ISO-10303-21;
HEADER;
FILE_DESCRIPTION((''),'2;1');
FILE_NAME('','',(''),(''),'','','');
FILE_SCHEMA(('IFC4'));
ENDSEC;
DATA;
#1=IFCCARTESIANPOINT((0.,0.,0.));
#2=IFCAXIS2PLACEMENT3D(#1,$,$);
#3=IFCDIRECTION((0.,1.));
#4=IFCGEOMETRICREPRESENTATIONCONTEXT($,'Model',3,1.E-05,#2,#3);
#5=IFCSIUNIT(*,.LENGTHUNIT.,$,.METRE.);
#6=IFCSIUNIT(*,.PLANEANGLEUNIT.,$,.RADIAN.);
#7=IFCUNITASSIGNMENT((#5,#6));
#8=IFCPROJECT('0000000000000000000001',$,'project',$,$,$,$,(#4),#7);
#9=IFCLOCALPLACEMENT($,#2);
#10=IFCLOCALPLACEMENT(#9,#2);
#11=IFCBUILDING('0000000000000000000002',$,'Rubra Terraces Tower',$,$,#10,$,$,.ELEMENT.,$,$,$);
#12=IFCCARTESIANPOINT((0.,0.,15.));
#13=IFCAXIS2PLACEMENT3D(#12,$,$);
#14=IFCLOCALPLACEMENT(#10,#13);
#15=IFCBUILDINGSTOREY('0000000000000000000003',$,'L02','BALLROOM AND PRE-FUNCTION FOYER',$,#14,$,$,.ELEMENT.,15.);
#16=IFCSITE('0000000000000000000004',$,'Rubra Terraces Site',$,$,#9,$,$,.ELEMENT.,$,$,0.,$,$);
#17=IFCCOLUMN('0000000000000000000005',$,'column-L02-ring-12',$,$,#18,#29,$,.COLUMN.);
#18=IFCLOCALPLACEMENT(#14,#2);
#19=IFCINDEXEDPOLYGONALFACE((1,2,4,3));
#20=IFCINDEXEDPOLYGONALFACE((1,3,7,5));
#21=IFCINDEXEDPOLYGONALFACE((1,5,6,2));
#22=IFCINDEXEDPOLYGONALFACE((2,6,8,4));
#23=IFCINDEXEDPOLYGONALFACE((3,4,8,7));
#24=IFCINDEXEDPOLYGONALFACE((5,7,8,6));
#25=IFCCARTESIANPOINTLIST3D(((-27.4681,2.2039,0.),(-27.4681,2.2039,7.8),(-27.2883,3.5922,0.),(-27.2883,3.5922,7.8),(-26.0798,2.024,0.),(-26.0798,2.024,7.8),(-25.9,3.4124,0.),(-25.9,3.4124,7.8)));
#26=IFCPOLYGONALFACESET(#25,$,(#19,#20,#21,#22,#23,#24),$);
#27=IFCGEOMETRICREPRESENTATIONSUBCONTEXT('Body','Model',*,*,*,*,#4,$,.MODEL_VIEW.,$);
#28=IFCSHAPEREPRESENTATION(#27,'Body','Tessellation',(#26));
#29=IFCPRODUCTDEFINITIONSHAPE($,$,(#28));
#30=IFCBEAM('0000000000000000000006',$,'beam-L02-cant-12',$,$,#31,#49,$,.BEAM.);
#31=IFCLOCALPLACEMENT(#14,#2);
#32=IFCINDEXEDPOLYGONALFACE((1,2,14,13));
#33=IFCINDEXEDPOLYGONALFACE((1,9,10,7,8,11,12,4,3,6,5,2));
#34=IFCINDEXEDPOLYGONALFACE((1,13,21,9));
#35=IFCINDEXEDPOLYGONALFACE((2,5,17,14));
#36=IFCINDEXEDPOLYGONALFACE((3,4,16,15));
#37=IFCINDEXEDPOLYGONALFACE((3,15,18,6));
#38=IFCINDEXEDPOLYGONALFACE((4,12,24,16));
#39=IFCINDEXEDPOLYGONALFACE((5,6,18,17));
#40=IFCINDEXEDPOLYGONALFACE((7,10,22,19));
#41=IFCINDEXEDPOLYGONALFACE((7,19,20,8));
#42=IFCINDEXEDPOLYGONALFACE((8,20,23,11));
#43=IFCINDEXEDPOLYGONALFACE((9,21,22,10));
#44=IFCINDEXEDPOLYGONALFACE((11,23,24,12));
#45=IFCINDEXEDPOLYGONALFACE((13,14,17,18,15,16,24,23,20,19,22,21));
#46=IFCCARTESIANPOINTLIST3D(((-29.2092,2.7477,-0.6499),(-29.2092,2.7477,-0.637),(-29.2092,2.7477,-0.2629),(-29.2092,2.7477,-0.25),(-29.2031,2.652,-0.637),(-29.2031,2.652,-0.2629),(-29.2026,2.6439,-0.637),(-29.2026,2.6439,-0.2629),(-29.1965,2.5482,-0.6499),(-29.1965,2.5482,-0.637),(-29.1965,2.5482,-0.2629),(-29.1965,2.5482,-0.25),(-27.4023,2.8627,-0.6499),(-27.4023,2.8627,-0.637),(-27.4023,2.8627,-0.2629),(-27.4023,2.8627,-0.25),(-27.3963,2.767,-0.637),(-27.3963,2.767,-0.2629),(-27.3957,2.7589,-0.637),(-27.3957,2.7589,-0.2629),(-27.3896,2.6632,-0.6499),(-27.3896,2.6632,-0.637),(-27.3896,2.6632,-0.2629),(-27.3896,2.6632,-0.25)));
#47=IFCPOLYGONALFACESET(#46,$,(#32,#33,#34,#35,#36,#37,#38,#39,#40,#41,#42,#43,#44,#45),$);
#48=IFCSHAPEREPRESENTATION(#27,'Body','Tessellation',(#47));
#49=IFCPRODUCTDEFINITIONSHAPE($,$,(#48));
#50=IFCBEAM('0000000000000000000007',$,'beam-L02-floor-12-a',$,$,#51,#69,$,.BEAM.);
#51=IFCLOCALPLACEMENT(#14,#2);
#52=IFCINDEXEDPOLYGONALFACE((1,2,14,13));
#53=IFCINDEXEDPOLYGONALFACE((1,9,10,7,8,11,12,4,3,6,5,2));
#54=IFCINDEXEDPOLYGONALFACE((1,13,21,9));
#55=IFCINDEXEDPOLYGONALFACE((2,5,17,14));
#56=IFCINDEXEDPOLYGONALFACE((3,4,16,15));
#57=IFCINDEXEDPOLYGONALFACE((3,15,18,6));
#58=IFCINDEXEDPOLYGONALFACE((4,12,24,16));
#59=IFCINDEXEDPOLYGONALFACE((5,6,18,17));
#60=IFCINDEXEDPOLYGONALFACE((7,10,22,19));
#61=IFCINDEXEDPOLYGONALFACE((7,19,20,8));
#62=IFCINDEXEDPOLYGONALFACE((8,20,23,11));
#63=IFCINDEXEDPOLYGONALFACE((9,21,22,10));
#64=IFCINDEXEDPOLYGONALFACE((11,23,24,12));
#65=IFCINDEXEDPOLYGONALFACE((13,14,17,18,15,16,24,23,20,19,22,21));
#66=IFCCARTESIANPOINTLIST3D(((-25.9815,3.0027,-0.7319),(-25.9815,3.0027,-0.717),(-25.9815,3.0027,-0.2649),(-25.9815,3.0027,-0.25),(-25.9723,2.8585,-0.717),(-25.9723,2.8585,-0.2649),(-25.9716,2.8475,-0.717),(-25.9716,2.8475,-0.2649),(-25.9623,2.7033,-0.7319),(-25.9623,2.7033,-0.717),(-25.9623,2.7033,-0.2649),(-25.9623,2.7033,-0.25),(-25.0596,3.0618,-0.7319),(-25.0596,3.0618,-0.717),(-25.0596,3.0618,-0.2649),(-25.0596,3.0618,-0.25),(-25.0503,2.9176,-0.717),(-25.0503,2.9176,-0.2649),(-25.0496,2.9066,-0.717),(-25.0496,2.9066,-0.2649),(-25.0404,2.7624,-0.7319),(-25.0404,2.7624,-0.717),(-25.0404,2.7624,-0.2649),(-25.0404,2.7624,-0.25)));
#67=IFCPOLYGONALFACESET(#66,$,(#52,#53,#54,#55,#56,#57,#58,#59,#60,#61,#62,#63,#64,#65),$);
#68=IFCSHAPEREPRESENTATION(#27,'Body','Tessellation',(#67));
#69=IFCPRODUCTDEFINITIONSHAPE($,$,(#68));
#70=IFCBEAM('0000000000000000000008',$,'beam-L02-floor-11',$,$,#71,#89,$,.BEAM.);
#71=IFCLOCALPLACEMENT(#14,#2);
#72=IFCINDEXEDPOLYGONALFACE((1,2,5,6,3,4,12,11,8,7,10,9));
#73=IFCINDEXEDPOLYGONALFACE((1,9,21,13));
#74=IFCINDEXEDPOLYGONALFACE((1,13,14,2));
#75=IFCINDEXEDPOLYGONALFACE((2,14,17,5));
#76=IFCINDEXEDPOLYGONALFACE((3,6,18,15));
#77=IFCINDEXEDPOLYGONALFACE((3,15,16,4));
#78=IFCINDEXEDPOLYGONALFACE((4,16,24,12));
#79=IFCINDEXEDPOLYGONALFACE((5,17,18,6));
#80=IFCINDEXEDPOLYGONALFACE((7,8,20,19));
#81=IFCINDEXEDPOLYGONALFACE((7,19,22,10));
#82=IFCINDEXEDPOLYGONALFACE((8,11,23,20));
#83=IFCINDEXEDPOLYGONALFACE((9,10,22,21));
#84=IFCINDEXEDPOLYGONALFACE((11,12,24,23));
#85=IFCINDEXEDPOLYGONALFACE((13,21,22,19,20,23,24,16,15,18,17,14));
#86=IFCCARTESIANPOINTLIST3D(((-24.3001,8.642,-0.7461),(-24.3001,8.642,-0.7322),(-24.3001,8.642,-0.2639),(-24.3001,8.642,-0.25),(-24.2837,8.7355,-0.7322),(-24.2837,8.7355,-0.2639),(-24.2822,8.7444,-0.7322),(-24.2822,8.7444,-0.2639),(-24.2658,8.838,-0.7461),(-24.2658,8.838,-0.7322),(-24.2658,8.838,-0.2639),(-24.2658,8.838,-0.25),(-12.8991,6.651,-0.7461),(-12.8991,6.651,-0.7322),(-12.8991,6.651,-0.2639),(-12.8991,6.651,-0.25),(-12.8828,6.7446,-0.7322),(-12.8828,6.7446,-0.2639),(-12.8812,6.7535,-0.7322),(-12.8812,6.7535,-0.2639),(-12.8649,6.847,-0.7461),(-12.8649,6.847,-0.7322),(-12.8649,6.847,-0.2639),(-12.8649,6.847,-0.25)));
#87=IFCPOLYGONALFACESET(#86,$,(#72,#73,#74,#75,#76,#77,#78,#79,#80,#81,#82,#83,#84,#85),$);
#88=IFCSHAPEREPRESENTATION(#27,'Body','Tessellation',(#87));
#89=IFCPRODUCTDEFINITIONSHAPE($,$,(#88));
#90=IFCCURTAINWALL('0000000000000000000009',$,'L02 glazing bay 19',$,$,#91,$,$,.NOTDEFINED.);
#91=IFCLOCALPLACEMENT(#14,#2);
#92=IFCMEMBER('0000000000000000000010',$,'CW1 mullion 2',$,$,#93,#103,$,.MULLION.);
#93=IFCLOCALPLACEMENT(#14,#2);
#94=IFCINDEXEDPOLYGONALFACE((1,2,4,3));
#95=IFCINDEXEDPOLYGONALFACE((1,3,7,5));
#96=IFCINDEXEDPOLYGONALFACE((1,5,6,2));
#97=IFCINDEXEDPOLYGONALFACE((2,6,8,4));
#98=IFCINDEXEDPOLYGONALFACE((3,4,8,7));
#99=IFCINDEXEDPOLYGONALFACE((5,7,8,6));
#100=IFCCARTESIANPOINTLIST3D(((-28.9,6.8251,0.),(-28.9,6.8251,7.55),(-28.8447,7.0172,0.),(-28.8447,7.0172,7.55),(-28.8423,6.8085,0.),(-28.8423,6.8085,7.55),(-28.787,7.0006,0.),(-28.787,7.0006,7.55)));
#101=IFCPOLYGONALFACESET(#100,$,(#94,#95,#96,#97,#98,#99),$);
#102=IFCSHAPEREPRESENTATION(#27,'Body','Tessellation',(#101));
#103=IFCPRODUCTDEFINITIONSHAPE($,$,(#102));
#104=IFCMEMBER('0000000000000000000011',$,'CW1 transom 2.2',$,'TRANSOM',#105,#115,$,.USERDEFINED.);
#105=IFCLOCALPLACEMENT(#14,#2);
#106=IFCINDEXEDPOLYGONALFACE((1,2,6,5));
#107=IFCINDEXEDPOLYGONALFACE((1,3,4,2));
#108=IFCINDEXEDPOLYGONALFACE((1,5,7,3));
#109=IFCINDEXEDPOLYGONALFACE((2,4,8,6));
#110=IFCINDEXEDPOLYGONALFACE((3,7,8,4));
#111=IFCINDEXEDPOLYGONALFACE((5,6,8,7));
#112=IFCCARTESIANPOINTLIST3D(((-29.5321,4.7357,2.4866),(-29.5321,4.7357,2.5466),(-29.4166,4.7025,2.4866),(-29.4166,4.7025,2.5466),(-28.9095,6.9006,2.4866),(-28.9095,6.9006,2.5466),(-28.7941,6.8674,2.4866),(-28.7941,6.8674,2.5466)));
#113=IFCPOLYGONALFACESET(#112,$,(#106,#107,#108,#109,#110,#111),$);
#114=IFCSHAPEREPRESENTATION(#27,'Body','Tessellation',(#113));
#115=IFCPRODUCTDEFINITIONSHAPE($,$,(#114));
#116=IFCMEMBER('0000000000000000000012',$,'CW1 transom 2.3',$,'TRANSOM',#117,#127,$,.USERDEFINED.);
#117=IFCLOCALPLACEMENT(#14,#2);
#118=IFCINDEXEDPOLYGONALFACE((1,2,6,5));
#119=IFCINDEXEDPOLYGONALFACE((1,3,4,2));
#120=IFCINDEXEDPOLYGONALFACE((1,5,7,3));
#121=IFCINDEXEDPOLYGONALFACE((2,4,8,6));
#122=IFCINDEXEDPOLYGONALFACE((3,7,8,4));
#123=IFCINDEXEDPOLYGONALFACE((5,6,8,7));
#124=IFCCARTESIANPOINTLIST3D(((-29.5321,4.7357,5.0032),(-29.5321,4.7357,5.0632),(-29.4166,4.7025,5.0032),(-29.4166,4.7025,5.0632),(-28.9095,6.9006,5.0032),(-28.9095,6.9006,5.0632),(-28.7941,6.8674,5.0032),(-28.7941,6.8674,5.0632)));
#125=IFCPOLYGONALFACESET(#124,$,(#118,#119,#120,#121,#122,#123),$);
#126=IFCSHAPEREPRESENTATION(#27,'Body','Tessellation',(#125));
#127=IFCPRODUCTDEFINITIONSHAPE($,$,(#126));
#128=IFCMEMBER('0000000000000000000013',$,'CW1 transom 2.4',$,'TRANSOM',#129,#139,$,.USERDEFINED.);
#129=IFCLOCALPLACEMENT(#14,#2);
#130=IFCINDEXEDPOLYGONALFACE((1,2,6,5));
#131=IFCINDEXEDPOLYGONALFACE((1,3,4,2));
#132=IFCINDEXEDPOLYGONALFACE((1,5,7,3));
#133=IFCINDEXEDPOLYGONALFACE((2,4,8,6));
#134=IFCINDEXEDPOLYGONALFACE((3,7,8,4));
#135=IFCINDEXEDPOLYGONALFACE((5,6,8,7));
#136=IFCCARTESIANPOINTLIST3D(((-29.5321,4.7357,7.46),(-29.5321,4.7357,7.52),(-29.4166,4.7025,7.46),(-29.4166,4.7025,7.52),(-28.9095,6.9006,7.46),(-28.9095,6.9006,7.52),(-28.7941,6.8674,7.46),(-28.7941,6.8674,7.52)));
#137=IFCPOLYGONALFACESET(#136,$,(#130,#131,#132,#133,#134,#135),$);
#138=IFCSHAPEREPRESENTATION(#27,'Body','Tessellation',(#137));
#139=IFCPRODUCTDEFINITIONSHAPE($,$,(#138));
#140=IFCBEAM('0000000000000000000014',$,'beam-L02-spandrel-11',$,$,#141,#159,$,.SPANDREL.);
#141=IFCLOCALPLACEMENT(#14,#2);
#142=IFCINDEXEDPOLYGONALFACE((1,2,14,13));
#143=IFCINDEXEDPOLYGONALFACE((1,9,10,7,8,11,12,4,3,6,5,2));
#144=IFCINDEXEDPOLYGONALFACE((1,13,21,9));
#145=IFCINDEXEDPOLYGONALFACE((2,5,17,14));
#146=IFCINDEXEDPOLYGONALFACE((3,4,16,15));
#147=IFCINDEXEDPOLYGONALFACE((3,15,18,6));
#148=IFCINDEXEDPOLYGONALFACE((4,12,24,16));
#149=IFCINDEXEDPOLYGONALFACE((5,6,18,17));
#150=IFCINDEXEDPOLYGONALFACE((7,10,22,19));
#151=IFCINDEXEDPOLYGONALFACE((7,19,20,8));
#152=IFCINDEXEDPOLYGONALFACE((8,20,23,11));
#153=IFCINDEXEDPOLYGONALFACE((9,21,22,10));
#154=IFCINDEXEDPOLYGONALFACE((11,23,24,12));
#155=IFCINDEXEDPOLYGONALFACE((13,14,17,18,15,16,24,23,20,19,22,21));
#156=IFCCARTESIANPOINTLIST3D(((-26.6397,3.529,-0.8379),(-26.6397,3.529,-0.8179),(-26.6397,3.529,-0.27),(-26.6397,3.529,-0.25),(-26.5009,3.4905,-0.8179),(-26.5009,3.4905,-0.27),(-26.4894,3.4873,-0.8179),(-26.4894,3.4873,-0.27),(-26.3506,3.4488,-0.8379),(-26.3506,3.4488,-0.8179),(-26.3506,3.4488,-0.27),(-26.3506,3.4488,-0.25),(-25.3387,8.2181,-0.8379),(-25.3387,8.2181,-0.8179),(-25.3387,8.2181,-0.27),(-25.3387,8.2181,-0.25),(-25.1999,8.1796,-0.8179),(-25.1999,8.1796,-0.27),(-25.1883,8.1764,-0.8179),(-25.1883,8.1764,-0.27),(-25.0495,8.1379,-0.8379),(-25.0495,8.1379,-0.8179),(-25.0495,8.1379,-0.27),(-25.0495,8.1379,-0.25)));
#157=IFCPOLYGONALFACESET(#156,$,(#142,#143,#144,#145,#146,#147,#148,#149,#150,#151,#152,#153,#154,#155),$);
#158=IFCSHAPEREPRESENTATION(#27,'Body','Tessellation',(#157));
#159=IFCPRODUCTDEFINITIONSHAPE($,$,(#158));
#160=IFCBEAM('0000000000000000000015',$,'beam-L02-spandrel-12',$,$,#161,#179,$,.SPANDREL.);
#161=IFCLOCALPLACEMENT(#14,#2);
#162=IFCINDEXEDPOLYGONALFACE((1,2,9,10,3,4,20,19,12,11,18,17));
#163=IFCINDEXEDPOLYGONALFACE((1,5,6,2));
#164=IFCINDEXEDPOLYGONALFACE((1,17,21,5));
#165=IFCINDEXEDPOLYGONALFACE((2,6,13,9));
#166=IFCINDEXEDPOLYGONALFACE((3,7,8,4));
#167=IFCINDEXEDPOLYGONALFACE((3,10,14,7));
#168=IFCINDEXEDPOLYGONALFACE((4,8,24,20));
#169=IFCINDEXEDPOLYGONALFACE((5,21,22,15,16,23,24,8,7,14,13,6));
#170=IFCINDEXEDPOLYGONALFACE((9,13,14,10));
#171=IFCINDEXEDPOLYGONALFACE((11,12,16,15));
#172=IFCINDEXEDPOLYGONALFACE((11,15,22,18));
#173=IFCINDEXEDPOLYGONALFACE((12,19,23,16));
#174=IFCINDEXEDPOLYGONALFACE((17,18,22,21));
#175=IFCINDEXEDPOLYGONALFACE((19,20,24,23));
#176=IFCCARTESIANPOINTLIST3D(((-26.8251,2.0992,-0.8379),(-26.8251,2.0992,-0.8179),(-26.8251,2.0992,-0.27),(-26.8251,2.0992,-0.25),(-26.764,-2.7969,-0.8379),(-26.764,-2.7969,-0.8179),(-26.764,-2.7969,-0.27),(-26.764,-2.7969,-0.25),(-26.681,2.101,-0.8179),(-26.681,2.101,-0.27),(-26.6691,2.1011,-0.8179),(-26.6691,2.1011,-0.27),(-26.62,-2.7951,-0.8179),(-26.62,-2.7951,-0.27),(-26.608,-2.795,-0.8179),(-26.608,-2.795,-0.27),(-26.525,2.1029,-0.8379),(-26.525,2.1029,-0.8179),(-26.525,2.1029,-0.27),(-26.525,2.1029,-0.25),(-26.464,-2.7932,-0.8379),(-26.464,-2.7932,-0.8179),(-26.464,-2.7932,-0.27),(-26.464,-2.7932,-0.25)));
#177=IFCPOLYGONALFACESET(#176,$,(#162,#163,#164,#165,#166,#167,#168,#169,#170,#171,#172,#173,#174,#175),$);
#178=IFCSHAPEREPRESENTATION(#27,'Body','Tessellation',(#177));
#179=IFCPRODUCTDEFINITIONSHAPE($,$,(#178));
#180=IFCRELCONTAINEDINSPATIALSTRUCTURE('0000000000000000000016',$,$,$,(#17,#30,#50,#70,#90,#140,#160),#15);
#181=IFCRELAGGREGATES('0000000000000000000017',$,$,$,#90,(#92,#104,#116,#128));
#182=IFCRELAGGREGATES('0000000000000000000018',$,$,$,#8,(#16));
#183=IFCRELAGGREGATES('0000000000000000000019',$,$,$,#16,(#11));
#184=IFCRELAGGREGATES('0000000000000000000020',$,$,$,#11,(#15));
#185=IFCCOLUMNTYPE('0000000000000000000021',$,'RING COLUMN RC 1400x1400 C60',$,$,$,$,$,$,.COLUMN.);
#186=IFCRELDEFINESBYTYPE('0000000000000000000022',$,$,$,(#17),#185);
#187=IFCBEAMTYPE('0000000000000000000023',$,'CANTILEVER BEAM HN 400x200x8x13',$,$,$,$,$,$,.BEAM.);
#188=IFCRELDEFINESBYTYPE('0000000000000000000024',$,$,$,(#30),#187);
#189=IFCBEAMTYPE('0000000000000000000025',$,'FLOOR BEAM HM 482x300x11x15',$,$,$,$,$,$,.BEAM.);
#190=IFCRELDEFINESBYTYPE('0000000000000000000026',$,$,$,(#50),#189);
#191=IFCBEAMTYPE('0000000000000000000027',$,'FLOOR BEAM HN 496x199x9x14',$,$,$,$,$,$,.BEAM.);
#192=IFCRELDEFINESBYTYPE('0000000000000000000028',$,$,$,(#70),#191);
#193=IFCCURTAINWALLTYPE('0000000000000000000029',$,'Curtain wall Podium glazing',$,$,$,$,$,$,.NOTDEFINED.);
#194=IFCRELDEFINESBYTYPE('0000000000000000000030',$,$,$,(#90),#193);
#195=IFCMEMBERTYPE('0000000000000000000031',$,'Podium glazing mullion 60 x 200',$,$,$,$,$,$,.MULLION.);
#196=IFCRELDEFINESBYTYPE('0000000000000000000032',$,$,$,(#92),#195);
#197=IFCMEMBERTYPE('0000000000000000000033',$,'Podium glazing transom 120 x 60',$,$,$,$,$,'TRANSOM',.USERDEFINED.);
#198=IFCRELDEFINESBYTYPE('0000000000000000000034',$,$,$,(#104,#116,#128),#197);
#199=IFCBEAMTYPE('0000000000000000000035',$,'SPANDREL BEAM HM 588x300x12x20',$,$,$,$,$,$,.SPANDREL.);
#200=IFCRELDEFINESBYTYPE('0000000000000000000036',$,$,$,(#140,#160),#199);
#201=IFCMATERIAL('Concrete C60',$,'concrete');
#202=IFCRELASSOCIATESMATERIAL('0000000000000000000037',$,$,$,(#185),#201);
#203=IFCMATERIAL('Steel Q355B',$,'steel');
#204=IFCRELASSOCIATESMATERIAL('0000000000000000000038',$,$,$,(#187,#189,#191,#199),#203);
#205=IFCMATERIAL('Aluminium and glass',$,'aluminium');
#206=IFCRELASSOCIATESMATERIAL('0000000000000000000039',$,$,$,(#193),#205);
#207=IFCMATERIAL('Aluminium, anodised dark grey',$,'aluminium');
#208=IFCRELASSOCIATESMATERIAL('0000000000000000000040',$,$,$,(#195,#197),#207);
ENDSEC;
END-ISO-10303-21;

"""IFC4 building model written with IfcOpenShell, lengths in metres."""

from ifc_helpers import new_model, si_unit, direction, frame, origin, origin_2d, place, context, subcontext, project, spatial, rectangle, i_section, extrude, material, material_profile, profile_set, type_object, element, aggregate, save


model = new_model("IFC4")

# Units and contexts
model_context = context("Model", 3, precision=1e-05, world=origin(), true_north=direction((0.0, 1.0)))
body_context = subcontext(model_context, "Body", "Model", "MODEL_VIEW")
ifc_project = project(units=[si_unit("LENGTHUNIT", "METRE"), si_unit("PLANEANGLEUNIT", "RADIAN")], contexts=[model_context])

# Site, building, storey
site_placement = place(None, origin())
site = spatial("IfcSite", under=ifc_project, at=site_placement, Name="Rubra Terraces Site", CompositionType="ELEMENT", RefElevation=0.0)
building_placement = place(site_placement, origin())
building = spatial("IfcBuilding", under=site, at=building_placement, Name="Rubra Terraces Tower", CompositionType="ELEMENT")
storey_placement = place(building_placement, frame((0.0, 0.0, 15.0)))
storey = spatial("IfcBuildingStorey", under=building, at=storey_placement, Name="L02", Description="BALLROOM AND PRE-FUNCTION FOYER", CompositionType="ELEMENT", Elevation=15.0)

# Column
ifc_material_1 = material(Name="Concrete C60", Category="concrete")
ifc_material_profile_1 = material_profile(ifc_material_1, rectangle(XDim=1.3999, YDim=1.3999, at=origin_2d()), Name="RC 1400x1400")
ifc_profile_set_1 = profile_set([ifc_material_profile_1], Name="Concrete C60")
column_type = type_object("IfcColumnType", Name="RING COLUMN RC 1400x1400 C60", PredefinedType="COLUMN", material=ifc_profile_set_1)
column_placement = place(storey_placement, frame((-26.6841, 2.8081, 0.0), z_axis=(0.0, 0.0, 1.0), x_axis=(-0.128445, -0.991717, 0.0)))
element("IfcColumn", 1, at=column_placement, inside=storey, type_object=column_type, Name="column-L02-ring-12", PredefinedType="COLUMN", context=body_context, shape_type="SweptSolid", body=[
    extrude(rectangle(XDim=1.3999, YDim=1.3999, at=origin_2d()), origin(), (0.0, 0.0, 1.0), 7.8),
])

# Beams
ifc_material_2 = material(Name="Steel Q355B", Category="steel")
ifc_material_profile_2 = material_profile(ifc_material_2, i_section(OverallWidth=0.2, OverallDepth=0.3999, WebThickness=0.0081, FlangeThickness=0.0129, at=origin_2d()), Name="HN 400x200x8x13")
ifc_profile_set_2 = profile_set([ifc_material_profile_2], Name="Steel Q355B")
beam_type_1 = type_object("IfcBeamType", Name="CANTILEVER BEAM HN 400x200x8x13", PredefinedType="BEAM", material=ifc_profile_set_2)
beam_1_placement = place(storey_placement, frame((-27.396, 2.7629, -0.45), z_axis=(-0.997981, -0.063512, 0.0), x_axis=(0.063512, -0.997981, 0.0)))
element("IfcBeam", 2, at=beam_1_placement, inside=storey, type_object=beam_type_1, Name="beam-L02-cant-12", PredefinedType="BEAM", context=body_context, shape_type="SweptSolid", body=[
    extrude(i_section(OverallWidth=0.2, OverallDepth=0.3999, WebThickness=0.0081, FlangeThickness=0.0129, at=origin_2d()), origin(), (0.0, 0.0, 1.0), 1.8105),
])
ifc_material_profile_3 = material_profile(ifc_material_2, i_section(OverallWidth=0.3, OverallDepth=0.4819, WebThickness=0.011, FlangeThickness=0.0149, at=origin_2d()), Name="HM 482x300x11x15")
ifc_profile_set_3 = profile_set([ifc_material_profile_3], Name="Steel Q355B")
beam_type_2 = type_object("IfcBeamType", Name="FLOOR BEAM HM 482x300x11x15", PredefinedType="BEAM", material=ifc_profile_set_3)
beam_2_placement = place(storey_placement, frame((-25.9719, 2.853, -0.491), z_axis=(0.997953, 0.063958, 0.0), x_axis=(-0.063958, 0.997953, 0.0)))
element("IfcBeam", 3, at=beam_2_placement, inside=storey, type_object=beam_type_2, Name="beam-L02-floor-12-a", PredefinedType="BEAM", context=body_context, shape_type="SweptSolid", body=[
    extrude(i_section(OverallWidth=0.3, OverallDepth=0.4819, WebThickness=0.011, FlangeThickness=0.0149, at=origin_2d()), origin(), (0.0, 0.0, 1.0), 0.9238),
])
ifc_material_profile_4 = material_profile(ifc_material_2, i_section(OverallWidth=0.199, OverallDepth=0.4961, WebThickness=0.009, FlangeThickness=0.0139, at=origin_2d()), Name="HN 496x199x9x14")
ifc_profile_set_4 = profile_set([ifc_material_profile_4], Name="Steel Q355B")
beam_type_3 = type_object("IfcBeamType", Name="FLOOR BEAM HN 496x199x9x14", PredefinedType="BEAM", material=ifc_profile_set_4)
beam_3_placement = place(storey_placement, frame((-24.283, 8.74, -0.498), z_axis=(0.985092, -0.172029, 0.0), x_axis=(0.172029, 0.985092, 0.0)))
element("IfcBeam", 4, at=beam_3_placement, inside=storey, type_object=beam_type_3, Name="beam-L02-floor-11", PredefinedType="BEAM", context=body_context, shape_type="SweptSolid", body=[
    extrude(i_section(OverallWidth=0.199, OverallDepth=0.4961, WebThickness=0.009, FlangeThickness=0.0139, at=origin_2d()), origin(), (0.0, 0.0, 1.0), 11.5735),
])

# Curtain wall, members
ifc_material_3 = material(Name="Aluminium and glass", Category="aluminium")
curtain_wall_type = type_object("IfcCurtainWallType", Name="Curtain wall Podium glazing", PredefinedType="NOTDEFINED", material=ifc_material_3)
curtain_wall_placement = place(storey_placement, origin())
curtain_wall = element("IfcCurtainWall", 5, at=curtain_wall_placement, inside=storey, type_object=curtain_wall_type, Name="L02 glazing bay 19", PredefinedType="NOTDEFINED")
ifc_material_4 = material(Name="Aluminium, anodised dark grey", Category="aluminium")
ifc_material_profile_5 = material_profile(ifc_material_4, rectangle(XDim=0.0601, YDim=0.2, at=origin_2d()), Name="AL 60x200")
ifc_profile_set_5 = profile_set([ifc_material_profile_5], Name="Aluminium, anodised dark grey")
member_type_1 = type_object("IfcMemberType", Name="Podium glazing mullion 60 x 200", PredefinedType="MULLION", material=ifc_profile_set_5)
member_1_placement = place(storey_placement, frame((-28.8435, 6.9128, 0.0), z_axis=(0.0, 0.0, 1.0), x_axis=(0.961047, -0.276384, 0.0)))
member_1 = element("IfcMember", 6, at=member_1_placement, type_object=member_type_1, Name="CW1 mullion 2", PredefinedType="MULLION", context=body_context, shape_type="SweptSolid", body=[
    extrude(rectangle(XDim=0.0601, YDim=0.2, at=origin_2d()), origin(), (0.0, 0.0, 1.0), 7.55),
])
ifc_material_profile_6 = material_profile(ifc_material_4, rectangle(XDim=0.1201, YDim=0.0601, at=origin_2d()), Name="AL 120x60")
ifc_profile_set_6 = profile_set([ifc_material_profile_6], Name="Aluminium, anodised dark grey")
member_type_2 = type_object("IfcMemberType", Name="Podium glazing transom 120 x 60", ElementType="TRANSOM", PredefinedType="USERDEFINED", material=ifc_profile_set_6)
member_2_placement = place(storey_placement, frame((-28.8518, 6.884, 2.5166), z_axis=(-0.276352, -0.961056, 0.0), x_axis=(0.961056, -0.276352, 0.0)))
member_2 = element("IfcMember", 7, at=member_2_placement, type_object=member_type_2, Name="CW1 transom 2.2", ObjectType="TRANSOM", PredefinedType="USERDEFINED", context=body_context, shape_type="SweptSolid", body=[
    extrude(rectangle(XDim=0.1201, YDim=0.0601, at=origin_2d()), origin(), (0.0, 0.0, 1.0), 2.2527),
])
member_3_placement = place(storey_placement, frame((-28.8518, 6.884, 5.0332), z_axis=(-0.276352, -0.961056, 0.0), x_axis=(0.961056, -0.276352, 0.0)))
member_3 = element("IfcMember", 8, at=member_3_placement, type_object=member_type_2, Name="CW1 transom 2.3", ObjectType="TRANSOM", PredefinedType="USERDEFINED", context=body_context, shape_type="SweptSolid", body=[
    extrude(rectangle(XDim=0.1201, YDim=0.0601, at=origin_2d()), origin(), (0.0, 0.0, 1.0), 2.2527),
])
member_4_placement = place(storey_placement, frame((-28.8518, 6.884, 7.49), z_axis=(-0.276352, -0.961056, 0.0), x_axis=(0.961056, -0.276352, 0.0)))
member_4 = element("IfcMember", 9, at=member_4_placement, type_object=member_type_2, Name="CW1 transom 2.4", ObjectType="TRANSOM", PredefinedType="USERDEFINED", context=body_context, shape_type="SweptSolid", body=[
    extrude(rectangle(XDim=0.1201, YDim=0.0601, at=origin_2d()), origin(), (0.0, 0.0, 1.0), 2.2527),
])

# Beams
ifc_material_profile_7 = material_profile(ifc_material_2, i_section(OverallWidth=0.3, OverallDepth=0.5879, WebThickness=0.012, FlangeThickness=0.02, at=origin_2d()), Name="HM 588x300x12x20")
ifc_profile_set_7 = profile_set([ifc_material_profile_7], Name="Steel Q355B")
beam_type_4 = type_object("IfcBeamType", Name="SPANDREL BEAM HM 588x300x12x20", PredefinedType="SPANDREL", material=ifc_profile_set_7)
beam_4_placement = place(storey_placement, frame((-25.1941, 8.178, -0.5439), z_axis=(-0.267364, -0.963595, 0.0), x_axis=(0.963595, -0.267364, 0.0)))
element("IfcBeam", 10, at=beam_4_placement, inside=storey, type_object=beam_type_4, Name="beam-L02-spandrel-11", PredefinedType="SPANDREL", context=body_context, shape_type="SweptSolid", body=[
    extrude(i_section(OverallWidth=0.3, OverallDepth=0.5879, WebThickness=0.012, FlangeThickness=0.02, at=origin_2d()), origin(), (0.0, 0.0, 1.0), 4.8662),
])
beam_5_placement = place(storey_placement, frame((-26.675, 2.1011, -0.5439), z_axis=(0.012465, -0.999922, 0.0), x_axis=(0.999922, 0.012465, 0.0)))
element("IfcBeam", 11, at=beam_5_placement, inside=storey, type_object=beam_type_4, Name="beam-L02-spandrel-12", PredefinedType="SPANDREL", context=body_context, shape_type="SweptSolid", body=[
    extrude(i_section(OverallWidth=0.3, OverallDepth=0.5879, WebThickness=0.012, FlangeThickness=0.02, at=origin_2d()), origin(), (0.0, 0.0, 1.0), 4.8965),
])

aggregate(curtain_wall, [member_1, member_2, member_3, member_4])

save(model, "model.ifc")
